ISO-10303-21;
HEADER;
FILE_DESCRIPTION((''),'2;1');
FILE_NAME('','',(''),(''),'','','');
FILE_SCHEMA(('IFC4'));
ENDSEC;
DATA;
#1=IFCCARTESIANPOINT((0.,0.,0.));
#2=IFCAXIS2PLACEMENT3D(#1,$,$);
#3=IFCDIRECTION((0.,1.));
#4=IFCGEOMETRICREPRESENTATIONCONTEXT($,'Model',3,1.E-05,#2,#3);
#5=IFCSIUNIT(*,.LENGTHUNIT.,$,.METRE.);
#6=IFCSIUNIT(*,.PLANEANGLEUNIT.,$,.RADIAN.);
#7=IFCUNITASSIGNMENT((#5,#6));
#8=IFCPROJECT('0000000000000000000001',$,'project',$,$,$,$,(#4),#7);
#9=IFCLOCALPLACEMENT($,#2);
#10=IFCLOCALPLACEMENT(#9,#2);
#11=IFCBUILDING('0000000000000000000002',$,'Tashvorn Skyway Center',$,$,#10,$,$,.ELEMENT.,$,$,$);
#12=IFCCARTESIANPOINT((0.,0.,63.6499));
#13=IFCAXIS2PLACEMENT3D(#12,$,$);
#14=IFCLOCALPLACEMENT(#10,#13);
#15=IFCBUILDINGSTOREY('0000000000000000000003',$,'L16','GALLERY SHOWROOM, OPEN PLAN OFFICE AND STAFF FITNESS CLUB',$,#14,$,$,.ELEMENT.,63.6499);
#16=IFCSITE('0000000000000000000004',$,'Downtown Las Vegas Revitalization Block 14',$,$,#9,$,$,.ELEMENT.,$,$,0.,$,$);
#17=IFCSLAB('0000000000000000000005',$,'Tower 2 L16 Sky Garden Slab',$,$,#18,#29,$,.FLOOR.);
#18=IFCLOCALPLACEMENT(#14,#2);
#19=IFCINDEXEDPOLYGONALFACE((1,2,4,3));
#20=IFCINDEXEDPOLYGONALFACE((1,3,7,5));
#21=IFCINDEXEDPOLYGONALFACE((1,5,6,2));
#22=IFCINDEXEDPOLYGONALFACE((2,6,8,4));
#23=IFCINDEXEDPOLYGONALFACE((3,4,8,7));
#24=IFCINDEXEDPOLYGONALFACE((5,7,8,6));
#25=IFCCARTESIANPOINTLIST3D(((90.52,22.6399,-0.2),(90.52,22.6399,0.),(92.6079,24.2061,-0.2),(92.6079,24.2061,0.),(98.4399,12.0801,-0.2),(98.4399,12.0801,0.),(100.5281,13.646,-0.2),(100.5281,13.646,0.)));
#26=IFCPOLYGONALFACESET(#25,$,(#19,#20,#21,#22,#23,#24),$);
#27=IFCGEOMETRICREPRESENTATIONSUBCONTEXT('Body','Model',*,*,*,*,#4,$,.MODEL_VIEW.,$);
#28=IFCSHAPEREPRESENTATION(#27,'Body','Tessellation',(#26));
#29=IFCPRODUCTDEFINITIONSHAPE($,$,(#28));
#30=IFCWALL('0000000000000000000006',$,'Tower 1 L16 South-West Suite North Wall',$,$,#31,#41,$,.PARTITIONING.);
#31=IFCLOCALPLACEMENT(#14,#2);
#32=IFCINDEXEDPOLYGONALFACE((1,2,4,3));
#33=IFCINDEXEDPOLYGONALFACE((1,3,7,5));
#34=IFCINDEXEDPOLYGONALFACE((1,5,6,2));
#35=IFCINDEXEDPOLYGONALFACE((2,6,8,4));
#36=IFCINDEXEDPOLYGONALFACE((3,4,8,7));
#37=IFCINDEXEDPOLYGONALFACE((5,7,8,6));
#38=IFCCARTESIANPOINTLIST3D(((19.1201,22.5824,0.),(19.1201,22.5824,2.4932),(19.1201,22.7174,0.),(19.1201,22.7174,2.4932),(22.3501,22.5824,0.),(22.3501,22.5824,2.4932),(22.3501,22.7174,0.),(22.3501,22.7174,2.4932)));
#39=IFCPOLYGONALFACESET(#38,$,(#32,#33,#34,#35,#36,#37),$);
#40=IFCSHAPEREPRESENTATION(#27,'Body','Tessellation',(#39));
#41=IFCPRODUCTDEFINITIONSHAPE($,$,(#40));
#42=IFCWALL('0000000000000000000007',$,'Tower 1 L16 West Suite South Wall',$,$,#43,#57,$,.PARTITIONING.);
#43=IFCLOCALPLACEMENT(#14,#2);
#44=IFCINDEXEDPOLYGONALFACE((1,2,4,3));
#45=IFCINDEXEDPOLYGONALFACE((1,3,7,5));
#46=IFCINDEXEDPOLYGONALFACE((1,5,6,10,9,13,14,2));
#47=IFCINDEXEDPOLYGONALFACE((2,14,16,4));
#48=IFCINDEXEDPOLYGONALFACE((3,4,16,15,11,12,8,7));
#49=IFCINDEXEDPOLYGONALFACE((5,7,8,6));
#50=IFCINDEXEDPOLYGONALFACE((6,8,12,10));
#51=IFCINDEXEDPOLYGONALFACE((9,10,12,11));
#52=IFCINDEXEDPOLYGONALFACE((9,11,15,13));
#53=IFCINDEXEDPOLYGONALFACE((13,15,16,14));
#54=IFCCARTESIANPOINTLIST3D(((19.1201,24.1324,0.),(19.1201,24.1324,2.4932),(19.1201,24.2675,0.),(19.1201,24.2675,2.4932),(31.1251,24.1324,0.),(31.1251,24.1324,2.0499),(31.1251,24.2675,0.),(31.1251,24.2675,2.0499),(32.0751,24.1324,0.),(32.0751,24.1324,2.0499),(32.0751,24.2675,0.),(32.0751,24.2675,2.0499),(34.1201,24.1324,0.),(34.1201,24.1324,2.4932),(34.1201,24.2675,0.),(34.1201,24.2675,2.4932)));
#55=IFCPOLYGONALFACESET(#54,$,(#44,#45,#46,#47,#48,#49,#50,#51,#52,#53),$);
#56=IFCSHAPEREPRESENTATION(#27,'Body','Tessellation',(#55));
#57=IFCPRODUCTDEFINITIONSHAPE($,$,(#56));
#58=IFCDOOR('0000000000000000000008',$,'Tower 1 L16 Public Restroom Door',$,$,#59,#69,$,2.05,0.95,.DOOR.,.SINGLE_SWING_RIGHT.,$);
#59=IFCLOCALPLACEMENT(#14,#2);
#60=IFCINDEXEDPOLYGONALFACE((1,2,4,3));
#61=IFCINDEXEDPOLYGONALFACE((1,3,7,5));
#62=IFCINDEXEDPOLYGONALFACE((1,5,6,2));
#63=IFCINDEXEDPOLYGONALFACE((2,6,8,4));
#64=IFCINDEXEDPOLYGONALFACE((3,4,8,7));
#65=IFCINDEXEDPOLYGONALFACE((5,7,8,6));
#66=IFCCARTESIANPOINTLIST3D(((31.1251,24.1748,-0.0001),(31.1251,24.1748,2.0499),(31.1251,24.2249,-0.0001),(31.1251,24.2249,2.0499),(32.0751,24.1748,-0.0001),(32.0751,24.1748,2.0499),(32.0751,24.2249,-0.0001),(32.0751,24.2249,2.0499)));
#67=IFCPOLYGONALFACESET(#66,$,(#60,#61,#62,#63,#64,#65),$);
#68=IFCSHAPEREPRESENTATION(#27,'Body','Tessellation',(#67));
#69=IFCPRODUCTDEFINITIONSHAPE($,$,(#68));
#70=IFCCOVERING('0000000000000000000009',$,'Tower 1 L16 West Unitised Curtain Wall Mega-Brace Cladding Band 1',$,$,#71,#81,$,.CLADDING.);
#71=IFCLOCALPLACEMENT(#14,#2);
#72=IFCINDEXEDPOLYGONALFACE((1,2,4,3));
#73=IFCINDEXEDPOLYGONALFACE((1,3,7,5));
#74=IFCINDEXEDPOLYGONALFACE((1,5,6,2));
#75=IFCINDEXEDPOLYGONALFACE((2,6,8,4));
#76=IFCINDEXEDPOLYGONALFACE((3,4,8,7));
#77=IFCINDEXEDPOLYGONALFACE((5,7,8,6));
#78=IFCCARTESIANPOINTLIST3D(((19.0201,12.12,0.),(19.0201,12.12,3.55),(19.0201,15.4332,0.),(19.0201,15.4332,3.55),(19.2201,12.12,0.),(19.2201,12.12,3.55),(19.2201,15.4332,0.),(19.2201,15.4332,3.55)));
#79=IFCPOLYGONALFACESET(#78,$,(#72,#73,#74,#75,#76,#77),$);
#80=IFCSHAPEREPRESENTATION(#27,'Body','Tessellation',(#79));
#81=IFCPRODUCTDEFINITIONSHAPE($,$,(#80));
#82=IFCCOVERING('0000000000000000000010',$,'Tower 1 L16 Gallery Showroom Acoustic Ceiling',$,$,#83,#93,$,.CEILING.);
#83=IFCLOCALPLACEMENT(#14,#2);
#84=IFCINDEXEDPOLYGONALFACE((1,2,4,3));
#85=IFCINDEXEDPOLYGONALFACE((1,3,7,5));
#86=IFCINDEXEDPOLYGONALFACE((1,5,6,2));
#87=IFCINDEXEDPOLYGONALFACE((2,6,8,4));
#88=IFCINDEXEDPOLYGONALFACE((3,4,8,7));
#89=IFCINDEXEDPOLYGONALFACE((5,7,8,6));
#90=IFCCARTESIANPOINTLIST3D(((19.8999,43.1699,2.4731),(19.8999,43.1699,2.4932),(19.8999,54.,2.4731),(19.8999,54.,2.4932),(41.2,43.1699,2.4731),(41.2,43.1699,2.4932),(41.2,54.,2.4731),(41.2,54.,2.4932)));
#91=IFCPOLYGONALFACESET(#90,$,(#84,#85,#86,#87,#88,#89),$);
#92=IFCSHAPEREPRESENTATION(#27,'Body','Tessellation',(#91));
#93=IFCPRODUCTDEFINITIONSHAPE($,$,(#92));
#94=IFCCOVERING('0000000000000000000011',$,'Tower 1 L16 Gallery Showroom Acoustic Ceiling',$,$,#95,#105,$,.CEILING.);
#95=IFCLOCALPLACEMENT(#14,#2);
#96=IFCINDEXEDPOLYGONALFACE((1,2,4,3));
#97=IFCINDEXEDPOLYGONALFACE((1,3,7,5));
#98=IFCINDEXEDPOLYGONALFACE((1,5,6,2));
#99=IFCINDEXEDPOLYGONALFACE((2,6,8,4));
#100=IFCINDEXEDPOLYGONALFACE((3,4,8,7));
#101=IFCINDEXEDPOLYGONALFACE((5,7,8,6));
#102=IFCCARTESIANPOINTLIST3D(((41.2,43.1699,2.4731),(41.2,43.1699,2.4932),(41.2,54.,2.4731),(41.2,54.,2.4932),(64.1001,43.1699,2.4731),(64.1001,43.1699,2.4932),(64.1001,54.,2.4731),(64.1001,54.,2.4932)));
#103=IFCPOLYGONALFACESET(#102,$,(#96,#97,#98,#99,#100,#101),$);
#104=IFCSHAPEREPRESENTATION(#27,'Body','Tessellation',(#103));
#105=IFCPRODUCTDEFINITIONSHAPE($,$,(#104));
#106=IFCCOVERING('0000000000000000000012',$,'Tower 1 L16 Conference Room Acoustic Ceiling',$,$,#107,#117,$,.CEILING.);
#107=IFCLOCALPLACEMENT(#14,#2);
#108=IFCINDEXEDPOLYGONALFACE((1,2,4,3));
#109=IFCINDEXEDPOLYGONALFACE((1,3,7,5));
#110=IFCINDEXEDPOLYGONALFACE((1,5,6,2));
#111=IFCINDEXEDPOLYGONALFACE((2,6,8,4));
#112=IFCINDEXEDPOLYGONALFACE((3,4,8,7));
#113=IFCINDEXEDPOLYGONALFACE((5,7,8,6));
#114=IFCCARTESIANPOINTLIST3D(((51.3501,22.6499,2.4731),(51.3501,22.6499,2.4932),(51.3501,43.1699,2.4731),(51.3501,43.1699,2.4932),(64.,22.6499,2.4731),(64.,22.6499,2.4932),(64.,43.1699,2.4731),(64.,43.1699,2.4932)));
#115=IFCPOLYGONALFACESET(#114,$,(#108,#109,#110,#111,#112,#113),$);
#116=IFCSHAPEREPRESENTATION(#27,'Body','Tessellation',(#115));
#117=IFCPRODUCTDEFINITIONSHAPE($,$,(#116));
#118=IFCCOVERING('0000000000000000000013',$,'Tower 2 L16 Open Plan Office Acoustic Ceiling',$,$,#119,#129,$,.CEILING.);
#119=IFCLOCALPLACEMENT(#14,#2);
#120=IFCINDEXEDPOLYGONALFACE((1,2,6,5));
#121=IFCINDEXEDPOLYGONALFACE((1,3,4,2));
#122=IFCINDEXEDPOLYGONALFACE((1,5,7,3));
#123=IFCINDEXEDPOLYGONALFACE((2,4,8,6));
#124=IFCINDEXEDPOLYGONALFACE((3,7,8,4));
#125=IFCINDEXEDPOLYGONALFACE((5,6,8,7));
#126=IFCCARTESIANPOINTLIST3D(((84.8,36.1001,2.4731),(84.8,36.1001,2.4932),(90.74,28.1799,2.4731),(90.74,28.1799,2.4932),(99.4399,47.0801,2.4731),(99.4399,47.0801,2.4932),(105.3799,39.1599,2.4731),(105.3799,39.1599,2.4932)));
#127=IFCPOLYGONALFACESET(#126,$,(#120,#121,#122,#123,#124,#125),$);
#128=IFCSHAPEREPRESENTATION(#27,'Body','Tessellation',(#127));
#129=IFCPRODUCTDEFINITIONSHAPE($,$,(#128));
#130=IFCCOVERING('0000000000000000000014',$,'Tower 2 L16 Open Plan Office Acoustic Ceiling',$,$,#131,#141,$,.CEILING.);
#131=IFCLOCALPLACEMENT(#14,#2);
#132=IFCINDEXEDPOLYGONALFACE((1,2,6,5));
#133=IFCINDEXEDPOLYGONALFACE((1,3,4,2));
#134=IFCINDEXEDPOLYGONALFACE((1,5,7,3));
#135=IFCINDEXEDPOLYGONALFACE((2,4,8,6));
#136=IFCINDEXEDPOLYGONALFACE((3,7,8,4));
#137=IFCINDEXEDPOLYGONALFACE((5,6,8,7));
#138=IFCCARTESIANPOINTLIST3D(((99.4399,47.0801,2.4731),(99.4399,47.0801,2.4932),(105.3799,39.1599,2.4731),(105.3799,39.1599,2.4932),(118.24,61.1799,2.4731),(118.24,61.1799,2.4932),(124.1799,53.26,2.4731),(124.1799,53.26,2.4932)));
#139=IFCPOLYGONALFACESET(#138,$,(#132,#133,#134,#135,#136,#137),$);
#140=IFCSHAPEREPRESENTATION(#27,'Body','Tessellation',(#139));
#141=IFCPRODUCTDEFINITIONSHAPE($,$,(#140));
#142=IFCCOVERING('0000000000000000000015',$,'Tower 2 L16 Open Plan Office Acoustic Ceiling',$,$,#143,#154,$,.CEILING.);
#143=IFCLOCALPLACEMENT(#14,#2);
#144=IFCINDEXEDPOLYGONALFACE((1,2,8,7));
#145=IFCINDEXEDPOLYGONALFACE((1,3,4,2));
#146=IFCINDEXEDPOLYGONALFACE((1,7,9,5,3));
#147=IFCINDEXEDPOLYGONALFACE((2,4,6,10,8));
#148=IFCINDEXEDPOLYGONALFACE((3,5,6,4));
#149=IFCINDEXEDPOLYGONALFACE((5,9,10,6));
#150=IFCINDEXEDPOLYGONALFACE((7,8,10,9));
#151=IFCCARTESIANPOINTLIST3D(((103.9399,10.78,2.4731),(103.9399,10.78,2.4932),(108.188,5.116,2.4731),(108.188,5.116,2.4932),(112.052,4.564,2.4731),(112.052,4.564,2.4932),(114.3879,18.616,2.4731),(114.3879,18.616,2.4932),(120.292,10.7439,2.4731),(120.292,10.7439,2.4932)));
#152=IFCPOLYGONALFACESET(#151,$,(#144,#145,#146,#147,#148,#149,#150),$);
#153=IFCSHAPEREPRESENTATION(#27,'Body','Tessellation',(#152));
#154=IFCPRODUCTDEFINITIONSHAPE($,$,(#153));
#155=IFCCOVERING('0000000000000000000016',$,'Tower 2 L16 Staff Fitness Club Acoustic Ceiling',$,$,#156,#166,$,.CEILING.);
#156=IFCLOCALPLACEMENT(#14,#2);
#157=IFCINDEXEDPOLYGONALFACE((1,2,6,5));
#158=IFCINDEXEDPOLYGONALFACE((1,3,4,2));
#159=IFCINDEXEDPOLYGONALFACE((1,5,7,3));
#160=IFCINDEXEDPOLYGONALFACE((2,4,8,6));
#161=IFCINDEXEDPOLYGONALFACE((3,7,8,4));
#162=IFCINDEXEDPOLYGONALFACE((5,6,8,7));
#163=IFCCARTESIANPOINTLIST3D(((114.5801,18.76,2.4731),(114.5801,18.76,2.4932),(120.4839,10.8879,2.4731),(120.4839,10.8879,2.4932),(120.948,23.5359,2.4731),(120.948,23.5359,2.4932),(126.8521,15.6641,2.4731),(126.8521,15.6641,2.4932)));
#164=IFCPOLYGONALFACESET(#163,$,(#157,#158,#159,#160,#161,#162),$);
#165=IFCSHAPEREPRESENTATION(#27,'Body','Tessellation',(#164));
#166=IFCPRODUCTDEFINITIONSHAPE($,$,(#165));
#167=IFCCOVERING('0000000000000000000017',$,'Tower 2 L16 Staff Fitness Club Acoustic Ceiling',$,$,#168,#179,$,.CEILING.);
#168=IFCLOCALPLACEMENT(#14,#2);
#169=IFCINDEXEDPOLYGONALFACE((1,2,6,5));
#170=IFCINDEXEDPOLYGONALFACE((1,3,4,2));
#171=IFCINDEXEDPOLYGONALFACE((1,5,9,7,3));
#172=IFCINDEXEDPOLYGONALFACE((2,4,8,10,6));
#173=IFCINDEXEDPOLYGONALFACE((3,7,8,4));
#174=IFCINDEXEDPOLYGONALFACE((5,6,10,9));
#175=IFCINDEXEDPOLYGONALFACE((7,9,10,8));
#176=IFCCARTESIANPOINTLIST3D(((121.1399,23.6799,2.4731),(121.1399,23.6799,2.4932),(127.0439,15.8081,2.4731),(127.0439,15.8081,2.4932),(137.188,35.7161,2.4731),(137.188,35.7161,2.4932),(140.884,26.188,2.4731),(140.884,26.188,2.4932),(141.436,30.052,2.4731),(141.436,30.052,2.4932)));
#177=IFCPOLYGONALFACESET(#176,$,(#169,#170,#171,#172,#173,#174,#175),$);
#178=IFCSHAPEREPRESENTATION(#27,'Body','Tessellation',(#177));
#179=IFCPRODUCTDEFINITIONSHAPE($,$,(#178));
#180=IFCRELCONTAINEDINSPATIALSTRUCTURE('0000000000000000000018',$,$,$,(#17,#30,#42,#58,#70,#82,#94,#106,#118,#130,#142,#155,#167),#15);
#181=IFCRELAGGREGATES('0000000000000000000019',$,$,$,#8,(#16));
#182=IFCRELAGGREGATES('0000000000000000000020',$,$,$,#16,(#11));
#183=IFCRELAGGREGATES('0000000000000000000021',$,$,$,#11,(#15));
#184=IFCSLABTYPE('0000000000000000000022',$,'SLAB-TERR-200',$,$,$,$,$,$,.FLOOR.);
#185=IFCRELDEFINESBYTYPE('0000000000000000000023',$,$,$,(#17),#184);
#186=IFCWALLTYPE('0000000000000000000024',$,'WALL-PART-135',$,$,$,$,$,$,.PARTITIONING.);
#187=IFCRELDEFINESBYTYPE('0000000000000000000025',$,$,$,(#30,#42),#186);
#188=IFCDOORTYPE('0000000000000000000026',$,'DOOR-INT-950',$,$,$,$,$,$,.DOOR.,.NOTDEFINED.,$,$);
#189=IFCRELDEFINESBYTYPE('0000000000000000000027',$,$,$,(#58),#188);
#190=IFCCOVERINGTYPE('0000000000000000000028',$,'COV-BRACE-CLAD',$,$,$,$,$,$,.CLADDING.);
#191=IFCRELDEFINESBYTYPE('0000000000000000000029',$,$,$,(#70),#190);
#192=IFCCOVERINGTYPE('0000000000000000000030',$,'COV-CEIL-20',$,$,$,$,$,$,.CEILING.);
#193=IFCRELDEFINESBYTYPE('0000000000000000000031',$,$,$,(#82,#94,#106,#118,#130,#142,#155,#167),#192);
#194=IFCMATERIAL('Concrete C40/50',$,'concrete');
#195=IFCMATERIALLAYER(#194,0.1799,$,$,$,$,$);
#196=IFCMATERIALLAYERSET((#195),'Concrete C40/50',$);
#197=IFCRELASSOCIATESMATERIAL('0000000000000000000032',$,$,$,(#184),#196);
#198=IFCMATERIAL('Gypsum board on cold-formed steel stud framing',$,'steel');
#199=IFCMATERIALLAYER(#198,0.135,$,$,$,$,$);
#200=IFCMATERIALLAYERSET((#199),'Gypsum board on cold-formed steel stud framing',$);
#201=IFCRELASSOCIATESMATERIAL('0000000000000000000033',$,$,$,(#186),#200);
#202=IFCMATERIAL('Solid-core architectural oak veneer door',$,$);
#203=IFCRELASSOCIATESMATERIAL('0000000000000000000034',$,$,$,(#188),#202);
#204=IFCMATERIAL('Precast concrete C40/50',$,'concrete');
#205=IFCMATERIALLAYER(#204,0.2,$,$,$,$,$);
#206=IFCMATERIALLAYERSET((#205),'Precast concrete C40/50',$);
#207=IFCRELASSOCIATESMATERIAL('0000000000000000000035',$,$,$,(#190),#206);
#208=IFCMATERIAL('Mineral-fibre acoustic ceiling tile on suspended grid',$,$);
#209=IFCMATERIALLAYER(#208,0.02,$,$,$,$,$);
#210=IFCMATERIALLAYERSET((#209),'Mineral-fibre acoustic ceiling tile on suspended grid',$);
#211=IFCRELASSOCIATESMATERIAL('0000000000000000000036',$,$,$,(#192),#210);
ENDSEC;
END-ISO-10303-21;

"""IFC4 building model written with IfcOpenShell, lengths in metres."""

from ifc_helpers import new_model, si_unit, direction, frame, frame_2d, origin, origin_2d, place, context, subcontext, project, spatial, polyline, rectangle, outline, extrude, material, layer, layer_set, type_object, element, fill, save


model = new_model("IFC4")

# Units and contexts
model_context = context("Model", 3, precision=1e-05, world=origin(), true_north=direction((0.0, 1.0)))
body_context = subcontext(model_context, "Body", "Model", "MODEL_VIEW")
ifc_project = project(units=[si_unit("LENGTHUNIT", "METRE"), si_unit("PLANEANGLEUNIT", "RADIAN")], contexts=[model_context])

# Site, building, storey
site_placement = place(None, origin())
site = spatial("IfcSite", under=ifc_project, at=site_placement, Name="Downtown Las Vegas Revitalization Block 14", CompositionType="ELEMENT", RefElevation=0.0)
building_placement = place(site_placement, origin())
building = spatial("IfcBuilding", under=site, at=building_placement, Name="Tashvorn Skyway Center", CompositionType="ELEMENT")
storey_placement = place(building_placement, frame((0.0, 0.0, 63.6499)))
storey = spatial("IfcBuildingStorey", under=building, at=storey_placement, Name="L16", Description="GALLERY SHOWROOM, OPEN PLAN OFFICE AND STAFF FITNESS CLUB", CompositionType="ELEMENT", Elevation=63.6499)

# Shared definitions
ifc_material_1 = material(Name="Concrete C40/50", Category="concrete")

# Slab
ifc_layer_1 = layer(ifc_material_1, 0.1799)
ifc_layer_set_1 = layer_set([ifc_layer_1], Name="Concrete C40/50")
slab_type_1 = type_object("IfcSlabType", Name="SLAB-TERR-200", PredefinedType="FLOOR", material=ifc_layer_set_1)
slab_1_placement = place(storey_placement, frame((0.0, 0.0, -0.2)))
element("IfcSlab", 1, at=slab_1_placement, inside=storey, type_object=slab_type_1, Name="Tower 2 L16 Sky Garden Slab", PredefinedType="FLOOR", context=body_context, shape_type="SweptSolid", body=[
    extrude(outline(polyline([(98.4399, 12.0801), (100.5281, 13.646), (92.6079, 24.2061), (90.52, 22.6399), (98.4399, 12.0801)])), origin(), (0.0, 0.0, 1.0), 0.2),
])

# Wall
ifc_material_2 = material(Name="Gypsum board on cold-formed steel stud framing", Category="steel")
ifc_layer_2 = layer(ifc_material_2, 0.135)
ifc_layer_set_2 = layer_set([ifc_layer_2], Name="Gypsum board on cold-formed steel stud framing")
wall_type = type_object("IfcWallType", Name="WALL-PART-135", PredefinedType="PARTITIONING", material=ifc_layer_set_2)
wall_1_placement = place(storey_placement, frame((19.1201, 22.6499, 0.0), z_axis=(0.0, 0.0, 1.0), x_axis=(1.0, 0.0, 0.0)))
element("IfcWall", 2, at=wall_1_placement, inside=storey, type_object=wall_type, Name="Tower 1 L16 South-West Suite North Wall", PredefinedType="PARTITIONING", context=body_context, shape_type="SweptSolid", body=[
    extrude(rectangle(XDim=3.23, YDim=0.135, at=frame_2d((1.615, 0.0))), origin(), (0.0, 0.0, 1.0), 2.4932),
])

# Wall, opening, door
wall_2_placement = place(storey_placement, frame((19.1201, 24.2, 0.0), z_axis=(0.0, 0.0, 1.0), x_axis=(1.0, 0.0, 0.0)))
wall_2 = element("IfcWall", 3, at=wall_2_placement, inside=storey, type_object=wall_type, Name="Tower 1 L16 West Suite South Wall", PredefinedType="PARTITIONING", context=body_context, shape_type="SweptSolid", body=[
    extrude(rectangle(XDim=15.0, YDim=0.135, at=frame_2d((7.5, 0.0))), origin(), (0.0, 0.0, 1.0), 2.4932),
])
opening_placement = place(wall_2_placement, frame((12.0049, 0.0, 0.0)))
opening = element("IfcOpeningElement", 4, at=opening_placement, cuts=wall_2, PredefinedType="OPENING", context=body_context, shape_type="SweptSolid", body=[
    extrude(rectangle(XDim=0.95, YDim=2.05, at=frame_2d((0.4751, 1.0249))), frame((0.0, 0.0774, 0.0), z_axis=(0.0, -1.0, 0.0), x_axis=(1.0, 0.0, 0.0)), (0.0, 0.0, 1.0), 0.155),
])
ifc_material_3 = material(Name="Solid-core architectural oak veneer door")
door_type = type_object("IfcDoorType", Name="DOOR-INT-950", OperationType="NOTDEFINED", PredefinedType="DOOR", material=ifc_material_3)
door_placement = place(opening_placement, origin())
door = element("IfcDoor", 5, at=door_placement, inside=storey, type_object=door_type, Name="Tower 1 L16 Public Restroom Door", OperationType="SINGLE_SWING_RIGHT", OverallHeight=2.05, OverallWidth=0.95, PredefinedType="DOOR", context=body_context, shape_type="SweptSolid", body=[
    extrude(rectangle(XDim=0.95, YDim=2.05, at=frame_2d((0.4751, 1.0249))), frame((0.0, 0.0249, 0.0), z_axis=(0.0, -1.0, 0.0), x_axis=(1.0, 0.0, 0.0)), (0.0, 0.0, 1.0), 0.05),
])
fill(opening, door)

# Coverings
ifc_material_4 = material(Name="Precast concrete C40/50", Category="concrete")
ifc_layer_3 = layer(ifc_material_4, 0.2)
ifc_layer_set_3 = layer_set([ifc_layer_3], Name="Precast concrete C40/50")
covering_type_1 = type_object("IfcCoveringType", Name="COV-BRACE-CLAD", PredefinedType="CLADDING", material=ifc_layer_set_3)
covering_1_placement = place(storey_placement, frame((19.1201, 13.7766, 0.0), z_axis=(0.0, 0.0, 1.0), x_axis=(0.0, 1.0, 0.0)))
element("IfcCovering", 6, at=covering_1_placement, inside=storey, type_object=covering_type_1, Name="Tower 1 L16 West Unitised Curtain Wall Mega-Brace Cladding Band 1", PredefinedType="CLADDING", context=body_context, shape_type="SweptSolid", body=[
    extrude(rectangle(XDim=3.3132, YDim=0.2, at=origin_2d()), origin(), (0.0, 0.0, 1.0), 3.55),
])
ifc_material_5 = material(Name="Mineral-fibre acoustic ceiling tile on suspended grid")
ifc_layer_4 = layer(ifc_material_5, 0.02)
ifc_layer_set_4 = layer_set([ifc_layer_4], Name="Mineral-fibre acoustic ceiling tile on suspended grid")
covering_type_2 = type_object("IfcCoveringType", Name="COV-CEIL-20", PredefinedType="CEILING", material=ifc_layer_set_4)
covering_2_placement = place(storey_placement, frame((0.0, 0.0, 2.4731)))
element("IfcCovering", 7, at=covering_2_placement, inside=storey, type_object=covering_type_2, Name="Tower 1 L16 Gallery Showroom Acoustic Ceiling", PredefinedType="CEILING", context=body_context, shape_type="SweptSolid", body=[
    extrude(outline(polyline([(19.8999, 43.1699), (41.2, 43.1699), (41.2, 54.0), (19.8999, 54.0), (19.8999, 43.1699)])), origin(), (0.0, 0.0, 1.0), 0.02),
])
covering_3_placement = place(storey_placement, frame((0.0, 0.0, 2.4731)))
element("IfcCovering", 8, at=covering_3_placement, inside=storey, type_object=covering_type_2, Name="Tower 1 L16 Gallery Showroom Acoustic Ceiling", PredefinedType="CEILING", context=body_context, shape_type="SweptSolid", body=[
    extrude(outline(polyline([(41.2, 43.1699), (64.1001, 43.1699), (64.1001, 54.0), (41.2, 54.0), (41.2, 43.1699)])), origin(), (0.0, 0.0, 1.0), 0.02),
])
covering_4_placement = place(storey_placement, frame((0.0, 0.0, 2.4731)))
element("IfcCovering", 9, at=covering_4_placement, inside=storey, type_object=covering_type_2, Name="Tower 1 L16 Conference Room Acoustic Ceiling", PredefinedType="CEILING", context=body_context, shape_type="SweptSolid", body=[
    extrude(outline(polyline([(51.3501, 22.6499), (64.0, 22.6499), (64.0, 43.1699), (51.3501, 43.1699), (51.3501, 22.6499)])), origin(), (0.0, 0.0, 1.0), 0.02),
])
covering_5_placement = place(storey_placement, frame((0.0, 0.0, 2.4731)))
element("IfcCovering", 10, at=covering_5_placement, inside=storey, type_object=covering_type_2, Name="Tower 2 L16 Open Plan Office Acoustic Ceiling", PredefinedType="CEILING", context=body_context, shape_type="SweptSolid", body=[
    extrude(outline(polyline([(90.74, 28.1799), (105.3799, 39.1599), (99.4399, 47.0801), (84.8, 36.1001), (90.74, 28.1799)])), origin(), (0.0, 0.0, 1.0), 0.02),
])
covering_6_placement = place(storey_placement, frame((0.0, 0.0, 2.4731)))
element("IfcCovering", 11, at=covering_6_placement, inside=storey, type_object=covering_type_2, Name="Tower 2 L16 Open Plan Office Acoustic Ceiling", PredefinedType="CEILING", context=body_context, shape_type="SweptSolid", body=[
    extrude(outline(polyline([(105.3799, 39.1599), (124.1799, 53.26), (118.24, 61.1799), (99.4399, 47.0801), (105.3799, 39.1599)])), origin(), (0.0, 0.0, 1.0), 0.02),
])
covering_7_placement = place(storey_placement, frame((0.0, 0.0, 2.4731)))
element("IfcCovering", 12, at=covering_7_placement, inside=storey, type_object=covering_type_2, Name="Tower 2 L16 Open Plan Office Acoustic Ceiling", PredefinedType="CEILING", context=body_context, shape_type="SweptSolid", body=[
    extrude(outline(polyline([(103.9399, 10.78), (114.3879, 18.616), (120.292, 10.7439), (112.052, 4.564), (108.188, 5.116), (103.9399, 10.78)])), origin(), (0.0, 0.0, 1.0), 0.02),
])
covering_8_placement = place(storey_placement, frame((0.0, 0.0, 2.4731)))
element("IfcCovering", 13, at=covering_8_placement, inside=storey, type_object=covering_type_2, Name="Tower 2 L16 Staff Fitness Club Acoustic Ceiling", PredefinedType="CEILING", context=body_context, shape_type="SweptSolid", body=[
    extrude(outline(polyline([(114.5801, 18.76), (120.948, 23.5359), (126.8521, 15.6641), (120.4839, 10.8879), (114.5801, 18.76)])), origin(), (0.0, 0.0, 1.0), 0.02),
])
covering_9_placement = place(storey_placement, frame((0.0, 0.0, 2.4731)))
element("IfcCovering", 14, at=covering_9_placement, inside=storey, type_object=covering_type_2, Name="Tower 2 L16 Staff Fitness Club Acoustic Ceiling", PredefinedType="CEILING", context=body_context, shape_type="SweptSolid", body=[
    extrude(outline(polyline([(127.0439, 15.8081), (121.1399, 23.6799), (137.188, 35.7161), (141.436, 30.052), (140.884, 26.188), (127.0439, 15.8081)])), origin(), (0.0, 0.0, 1.0), 0.02),
])

save(model, "model.ifc")
